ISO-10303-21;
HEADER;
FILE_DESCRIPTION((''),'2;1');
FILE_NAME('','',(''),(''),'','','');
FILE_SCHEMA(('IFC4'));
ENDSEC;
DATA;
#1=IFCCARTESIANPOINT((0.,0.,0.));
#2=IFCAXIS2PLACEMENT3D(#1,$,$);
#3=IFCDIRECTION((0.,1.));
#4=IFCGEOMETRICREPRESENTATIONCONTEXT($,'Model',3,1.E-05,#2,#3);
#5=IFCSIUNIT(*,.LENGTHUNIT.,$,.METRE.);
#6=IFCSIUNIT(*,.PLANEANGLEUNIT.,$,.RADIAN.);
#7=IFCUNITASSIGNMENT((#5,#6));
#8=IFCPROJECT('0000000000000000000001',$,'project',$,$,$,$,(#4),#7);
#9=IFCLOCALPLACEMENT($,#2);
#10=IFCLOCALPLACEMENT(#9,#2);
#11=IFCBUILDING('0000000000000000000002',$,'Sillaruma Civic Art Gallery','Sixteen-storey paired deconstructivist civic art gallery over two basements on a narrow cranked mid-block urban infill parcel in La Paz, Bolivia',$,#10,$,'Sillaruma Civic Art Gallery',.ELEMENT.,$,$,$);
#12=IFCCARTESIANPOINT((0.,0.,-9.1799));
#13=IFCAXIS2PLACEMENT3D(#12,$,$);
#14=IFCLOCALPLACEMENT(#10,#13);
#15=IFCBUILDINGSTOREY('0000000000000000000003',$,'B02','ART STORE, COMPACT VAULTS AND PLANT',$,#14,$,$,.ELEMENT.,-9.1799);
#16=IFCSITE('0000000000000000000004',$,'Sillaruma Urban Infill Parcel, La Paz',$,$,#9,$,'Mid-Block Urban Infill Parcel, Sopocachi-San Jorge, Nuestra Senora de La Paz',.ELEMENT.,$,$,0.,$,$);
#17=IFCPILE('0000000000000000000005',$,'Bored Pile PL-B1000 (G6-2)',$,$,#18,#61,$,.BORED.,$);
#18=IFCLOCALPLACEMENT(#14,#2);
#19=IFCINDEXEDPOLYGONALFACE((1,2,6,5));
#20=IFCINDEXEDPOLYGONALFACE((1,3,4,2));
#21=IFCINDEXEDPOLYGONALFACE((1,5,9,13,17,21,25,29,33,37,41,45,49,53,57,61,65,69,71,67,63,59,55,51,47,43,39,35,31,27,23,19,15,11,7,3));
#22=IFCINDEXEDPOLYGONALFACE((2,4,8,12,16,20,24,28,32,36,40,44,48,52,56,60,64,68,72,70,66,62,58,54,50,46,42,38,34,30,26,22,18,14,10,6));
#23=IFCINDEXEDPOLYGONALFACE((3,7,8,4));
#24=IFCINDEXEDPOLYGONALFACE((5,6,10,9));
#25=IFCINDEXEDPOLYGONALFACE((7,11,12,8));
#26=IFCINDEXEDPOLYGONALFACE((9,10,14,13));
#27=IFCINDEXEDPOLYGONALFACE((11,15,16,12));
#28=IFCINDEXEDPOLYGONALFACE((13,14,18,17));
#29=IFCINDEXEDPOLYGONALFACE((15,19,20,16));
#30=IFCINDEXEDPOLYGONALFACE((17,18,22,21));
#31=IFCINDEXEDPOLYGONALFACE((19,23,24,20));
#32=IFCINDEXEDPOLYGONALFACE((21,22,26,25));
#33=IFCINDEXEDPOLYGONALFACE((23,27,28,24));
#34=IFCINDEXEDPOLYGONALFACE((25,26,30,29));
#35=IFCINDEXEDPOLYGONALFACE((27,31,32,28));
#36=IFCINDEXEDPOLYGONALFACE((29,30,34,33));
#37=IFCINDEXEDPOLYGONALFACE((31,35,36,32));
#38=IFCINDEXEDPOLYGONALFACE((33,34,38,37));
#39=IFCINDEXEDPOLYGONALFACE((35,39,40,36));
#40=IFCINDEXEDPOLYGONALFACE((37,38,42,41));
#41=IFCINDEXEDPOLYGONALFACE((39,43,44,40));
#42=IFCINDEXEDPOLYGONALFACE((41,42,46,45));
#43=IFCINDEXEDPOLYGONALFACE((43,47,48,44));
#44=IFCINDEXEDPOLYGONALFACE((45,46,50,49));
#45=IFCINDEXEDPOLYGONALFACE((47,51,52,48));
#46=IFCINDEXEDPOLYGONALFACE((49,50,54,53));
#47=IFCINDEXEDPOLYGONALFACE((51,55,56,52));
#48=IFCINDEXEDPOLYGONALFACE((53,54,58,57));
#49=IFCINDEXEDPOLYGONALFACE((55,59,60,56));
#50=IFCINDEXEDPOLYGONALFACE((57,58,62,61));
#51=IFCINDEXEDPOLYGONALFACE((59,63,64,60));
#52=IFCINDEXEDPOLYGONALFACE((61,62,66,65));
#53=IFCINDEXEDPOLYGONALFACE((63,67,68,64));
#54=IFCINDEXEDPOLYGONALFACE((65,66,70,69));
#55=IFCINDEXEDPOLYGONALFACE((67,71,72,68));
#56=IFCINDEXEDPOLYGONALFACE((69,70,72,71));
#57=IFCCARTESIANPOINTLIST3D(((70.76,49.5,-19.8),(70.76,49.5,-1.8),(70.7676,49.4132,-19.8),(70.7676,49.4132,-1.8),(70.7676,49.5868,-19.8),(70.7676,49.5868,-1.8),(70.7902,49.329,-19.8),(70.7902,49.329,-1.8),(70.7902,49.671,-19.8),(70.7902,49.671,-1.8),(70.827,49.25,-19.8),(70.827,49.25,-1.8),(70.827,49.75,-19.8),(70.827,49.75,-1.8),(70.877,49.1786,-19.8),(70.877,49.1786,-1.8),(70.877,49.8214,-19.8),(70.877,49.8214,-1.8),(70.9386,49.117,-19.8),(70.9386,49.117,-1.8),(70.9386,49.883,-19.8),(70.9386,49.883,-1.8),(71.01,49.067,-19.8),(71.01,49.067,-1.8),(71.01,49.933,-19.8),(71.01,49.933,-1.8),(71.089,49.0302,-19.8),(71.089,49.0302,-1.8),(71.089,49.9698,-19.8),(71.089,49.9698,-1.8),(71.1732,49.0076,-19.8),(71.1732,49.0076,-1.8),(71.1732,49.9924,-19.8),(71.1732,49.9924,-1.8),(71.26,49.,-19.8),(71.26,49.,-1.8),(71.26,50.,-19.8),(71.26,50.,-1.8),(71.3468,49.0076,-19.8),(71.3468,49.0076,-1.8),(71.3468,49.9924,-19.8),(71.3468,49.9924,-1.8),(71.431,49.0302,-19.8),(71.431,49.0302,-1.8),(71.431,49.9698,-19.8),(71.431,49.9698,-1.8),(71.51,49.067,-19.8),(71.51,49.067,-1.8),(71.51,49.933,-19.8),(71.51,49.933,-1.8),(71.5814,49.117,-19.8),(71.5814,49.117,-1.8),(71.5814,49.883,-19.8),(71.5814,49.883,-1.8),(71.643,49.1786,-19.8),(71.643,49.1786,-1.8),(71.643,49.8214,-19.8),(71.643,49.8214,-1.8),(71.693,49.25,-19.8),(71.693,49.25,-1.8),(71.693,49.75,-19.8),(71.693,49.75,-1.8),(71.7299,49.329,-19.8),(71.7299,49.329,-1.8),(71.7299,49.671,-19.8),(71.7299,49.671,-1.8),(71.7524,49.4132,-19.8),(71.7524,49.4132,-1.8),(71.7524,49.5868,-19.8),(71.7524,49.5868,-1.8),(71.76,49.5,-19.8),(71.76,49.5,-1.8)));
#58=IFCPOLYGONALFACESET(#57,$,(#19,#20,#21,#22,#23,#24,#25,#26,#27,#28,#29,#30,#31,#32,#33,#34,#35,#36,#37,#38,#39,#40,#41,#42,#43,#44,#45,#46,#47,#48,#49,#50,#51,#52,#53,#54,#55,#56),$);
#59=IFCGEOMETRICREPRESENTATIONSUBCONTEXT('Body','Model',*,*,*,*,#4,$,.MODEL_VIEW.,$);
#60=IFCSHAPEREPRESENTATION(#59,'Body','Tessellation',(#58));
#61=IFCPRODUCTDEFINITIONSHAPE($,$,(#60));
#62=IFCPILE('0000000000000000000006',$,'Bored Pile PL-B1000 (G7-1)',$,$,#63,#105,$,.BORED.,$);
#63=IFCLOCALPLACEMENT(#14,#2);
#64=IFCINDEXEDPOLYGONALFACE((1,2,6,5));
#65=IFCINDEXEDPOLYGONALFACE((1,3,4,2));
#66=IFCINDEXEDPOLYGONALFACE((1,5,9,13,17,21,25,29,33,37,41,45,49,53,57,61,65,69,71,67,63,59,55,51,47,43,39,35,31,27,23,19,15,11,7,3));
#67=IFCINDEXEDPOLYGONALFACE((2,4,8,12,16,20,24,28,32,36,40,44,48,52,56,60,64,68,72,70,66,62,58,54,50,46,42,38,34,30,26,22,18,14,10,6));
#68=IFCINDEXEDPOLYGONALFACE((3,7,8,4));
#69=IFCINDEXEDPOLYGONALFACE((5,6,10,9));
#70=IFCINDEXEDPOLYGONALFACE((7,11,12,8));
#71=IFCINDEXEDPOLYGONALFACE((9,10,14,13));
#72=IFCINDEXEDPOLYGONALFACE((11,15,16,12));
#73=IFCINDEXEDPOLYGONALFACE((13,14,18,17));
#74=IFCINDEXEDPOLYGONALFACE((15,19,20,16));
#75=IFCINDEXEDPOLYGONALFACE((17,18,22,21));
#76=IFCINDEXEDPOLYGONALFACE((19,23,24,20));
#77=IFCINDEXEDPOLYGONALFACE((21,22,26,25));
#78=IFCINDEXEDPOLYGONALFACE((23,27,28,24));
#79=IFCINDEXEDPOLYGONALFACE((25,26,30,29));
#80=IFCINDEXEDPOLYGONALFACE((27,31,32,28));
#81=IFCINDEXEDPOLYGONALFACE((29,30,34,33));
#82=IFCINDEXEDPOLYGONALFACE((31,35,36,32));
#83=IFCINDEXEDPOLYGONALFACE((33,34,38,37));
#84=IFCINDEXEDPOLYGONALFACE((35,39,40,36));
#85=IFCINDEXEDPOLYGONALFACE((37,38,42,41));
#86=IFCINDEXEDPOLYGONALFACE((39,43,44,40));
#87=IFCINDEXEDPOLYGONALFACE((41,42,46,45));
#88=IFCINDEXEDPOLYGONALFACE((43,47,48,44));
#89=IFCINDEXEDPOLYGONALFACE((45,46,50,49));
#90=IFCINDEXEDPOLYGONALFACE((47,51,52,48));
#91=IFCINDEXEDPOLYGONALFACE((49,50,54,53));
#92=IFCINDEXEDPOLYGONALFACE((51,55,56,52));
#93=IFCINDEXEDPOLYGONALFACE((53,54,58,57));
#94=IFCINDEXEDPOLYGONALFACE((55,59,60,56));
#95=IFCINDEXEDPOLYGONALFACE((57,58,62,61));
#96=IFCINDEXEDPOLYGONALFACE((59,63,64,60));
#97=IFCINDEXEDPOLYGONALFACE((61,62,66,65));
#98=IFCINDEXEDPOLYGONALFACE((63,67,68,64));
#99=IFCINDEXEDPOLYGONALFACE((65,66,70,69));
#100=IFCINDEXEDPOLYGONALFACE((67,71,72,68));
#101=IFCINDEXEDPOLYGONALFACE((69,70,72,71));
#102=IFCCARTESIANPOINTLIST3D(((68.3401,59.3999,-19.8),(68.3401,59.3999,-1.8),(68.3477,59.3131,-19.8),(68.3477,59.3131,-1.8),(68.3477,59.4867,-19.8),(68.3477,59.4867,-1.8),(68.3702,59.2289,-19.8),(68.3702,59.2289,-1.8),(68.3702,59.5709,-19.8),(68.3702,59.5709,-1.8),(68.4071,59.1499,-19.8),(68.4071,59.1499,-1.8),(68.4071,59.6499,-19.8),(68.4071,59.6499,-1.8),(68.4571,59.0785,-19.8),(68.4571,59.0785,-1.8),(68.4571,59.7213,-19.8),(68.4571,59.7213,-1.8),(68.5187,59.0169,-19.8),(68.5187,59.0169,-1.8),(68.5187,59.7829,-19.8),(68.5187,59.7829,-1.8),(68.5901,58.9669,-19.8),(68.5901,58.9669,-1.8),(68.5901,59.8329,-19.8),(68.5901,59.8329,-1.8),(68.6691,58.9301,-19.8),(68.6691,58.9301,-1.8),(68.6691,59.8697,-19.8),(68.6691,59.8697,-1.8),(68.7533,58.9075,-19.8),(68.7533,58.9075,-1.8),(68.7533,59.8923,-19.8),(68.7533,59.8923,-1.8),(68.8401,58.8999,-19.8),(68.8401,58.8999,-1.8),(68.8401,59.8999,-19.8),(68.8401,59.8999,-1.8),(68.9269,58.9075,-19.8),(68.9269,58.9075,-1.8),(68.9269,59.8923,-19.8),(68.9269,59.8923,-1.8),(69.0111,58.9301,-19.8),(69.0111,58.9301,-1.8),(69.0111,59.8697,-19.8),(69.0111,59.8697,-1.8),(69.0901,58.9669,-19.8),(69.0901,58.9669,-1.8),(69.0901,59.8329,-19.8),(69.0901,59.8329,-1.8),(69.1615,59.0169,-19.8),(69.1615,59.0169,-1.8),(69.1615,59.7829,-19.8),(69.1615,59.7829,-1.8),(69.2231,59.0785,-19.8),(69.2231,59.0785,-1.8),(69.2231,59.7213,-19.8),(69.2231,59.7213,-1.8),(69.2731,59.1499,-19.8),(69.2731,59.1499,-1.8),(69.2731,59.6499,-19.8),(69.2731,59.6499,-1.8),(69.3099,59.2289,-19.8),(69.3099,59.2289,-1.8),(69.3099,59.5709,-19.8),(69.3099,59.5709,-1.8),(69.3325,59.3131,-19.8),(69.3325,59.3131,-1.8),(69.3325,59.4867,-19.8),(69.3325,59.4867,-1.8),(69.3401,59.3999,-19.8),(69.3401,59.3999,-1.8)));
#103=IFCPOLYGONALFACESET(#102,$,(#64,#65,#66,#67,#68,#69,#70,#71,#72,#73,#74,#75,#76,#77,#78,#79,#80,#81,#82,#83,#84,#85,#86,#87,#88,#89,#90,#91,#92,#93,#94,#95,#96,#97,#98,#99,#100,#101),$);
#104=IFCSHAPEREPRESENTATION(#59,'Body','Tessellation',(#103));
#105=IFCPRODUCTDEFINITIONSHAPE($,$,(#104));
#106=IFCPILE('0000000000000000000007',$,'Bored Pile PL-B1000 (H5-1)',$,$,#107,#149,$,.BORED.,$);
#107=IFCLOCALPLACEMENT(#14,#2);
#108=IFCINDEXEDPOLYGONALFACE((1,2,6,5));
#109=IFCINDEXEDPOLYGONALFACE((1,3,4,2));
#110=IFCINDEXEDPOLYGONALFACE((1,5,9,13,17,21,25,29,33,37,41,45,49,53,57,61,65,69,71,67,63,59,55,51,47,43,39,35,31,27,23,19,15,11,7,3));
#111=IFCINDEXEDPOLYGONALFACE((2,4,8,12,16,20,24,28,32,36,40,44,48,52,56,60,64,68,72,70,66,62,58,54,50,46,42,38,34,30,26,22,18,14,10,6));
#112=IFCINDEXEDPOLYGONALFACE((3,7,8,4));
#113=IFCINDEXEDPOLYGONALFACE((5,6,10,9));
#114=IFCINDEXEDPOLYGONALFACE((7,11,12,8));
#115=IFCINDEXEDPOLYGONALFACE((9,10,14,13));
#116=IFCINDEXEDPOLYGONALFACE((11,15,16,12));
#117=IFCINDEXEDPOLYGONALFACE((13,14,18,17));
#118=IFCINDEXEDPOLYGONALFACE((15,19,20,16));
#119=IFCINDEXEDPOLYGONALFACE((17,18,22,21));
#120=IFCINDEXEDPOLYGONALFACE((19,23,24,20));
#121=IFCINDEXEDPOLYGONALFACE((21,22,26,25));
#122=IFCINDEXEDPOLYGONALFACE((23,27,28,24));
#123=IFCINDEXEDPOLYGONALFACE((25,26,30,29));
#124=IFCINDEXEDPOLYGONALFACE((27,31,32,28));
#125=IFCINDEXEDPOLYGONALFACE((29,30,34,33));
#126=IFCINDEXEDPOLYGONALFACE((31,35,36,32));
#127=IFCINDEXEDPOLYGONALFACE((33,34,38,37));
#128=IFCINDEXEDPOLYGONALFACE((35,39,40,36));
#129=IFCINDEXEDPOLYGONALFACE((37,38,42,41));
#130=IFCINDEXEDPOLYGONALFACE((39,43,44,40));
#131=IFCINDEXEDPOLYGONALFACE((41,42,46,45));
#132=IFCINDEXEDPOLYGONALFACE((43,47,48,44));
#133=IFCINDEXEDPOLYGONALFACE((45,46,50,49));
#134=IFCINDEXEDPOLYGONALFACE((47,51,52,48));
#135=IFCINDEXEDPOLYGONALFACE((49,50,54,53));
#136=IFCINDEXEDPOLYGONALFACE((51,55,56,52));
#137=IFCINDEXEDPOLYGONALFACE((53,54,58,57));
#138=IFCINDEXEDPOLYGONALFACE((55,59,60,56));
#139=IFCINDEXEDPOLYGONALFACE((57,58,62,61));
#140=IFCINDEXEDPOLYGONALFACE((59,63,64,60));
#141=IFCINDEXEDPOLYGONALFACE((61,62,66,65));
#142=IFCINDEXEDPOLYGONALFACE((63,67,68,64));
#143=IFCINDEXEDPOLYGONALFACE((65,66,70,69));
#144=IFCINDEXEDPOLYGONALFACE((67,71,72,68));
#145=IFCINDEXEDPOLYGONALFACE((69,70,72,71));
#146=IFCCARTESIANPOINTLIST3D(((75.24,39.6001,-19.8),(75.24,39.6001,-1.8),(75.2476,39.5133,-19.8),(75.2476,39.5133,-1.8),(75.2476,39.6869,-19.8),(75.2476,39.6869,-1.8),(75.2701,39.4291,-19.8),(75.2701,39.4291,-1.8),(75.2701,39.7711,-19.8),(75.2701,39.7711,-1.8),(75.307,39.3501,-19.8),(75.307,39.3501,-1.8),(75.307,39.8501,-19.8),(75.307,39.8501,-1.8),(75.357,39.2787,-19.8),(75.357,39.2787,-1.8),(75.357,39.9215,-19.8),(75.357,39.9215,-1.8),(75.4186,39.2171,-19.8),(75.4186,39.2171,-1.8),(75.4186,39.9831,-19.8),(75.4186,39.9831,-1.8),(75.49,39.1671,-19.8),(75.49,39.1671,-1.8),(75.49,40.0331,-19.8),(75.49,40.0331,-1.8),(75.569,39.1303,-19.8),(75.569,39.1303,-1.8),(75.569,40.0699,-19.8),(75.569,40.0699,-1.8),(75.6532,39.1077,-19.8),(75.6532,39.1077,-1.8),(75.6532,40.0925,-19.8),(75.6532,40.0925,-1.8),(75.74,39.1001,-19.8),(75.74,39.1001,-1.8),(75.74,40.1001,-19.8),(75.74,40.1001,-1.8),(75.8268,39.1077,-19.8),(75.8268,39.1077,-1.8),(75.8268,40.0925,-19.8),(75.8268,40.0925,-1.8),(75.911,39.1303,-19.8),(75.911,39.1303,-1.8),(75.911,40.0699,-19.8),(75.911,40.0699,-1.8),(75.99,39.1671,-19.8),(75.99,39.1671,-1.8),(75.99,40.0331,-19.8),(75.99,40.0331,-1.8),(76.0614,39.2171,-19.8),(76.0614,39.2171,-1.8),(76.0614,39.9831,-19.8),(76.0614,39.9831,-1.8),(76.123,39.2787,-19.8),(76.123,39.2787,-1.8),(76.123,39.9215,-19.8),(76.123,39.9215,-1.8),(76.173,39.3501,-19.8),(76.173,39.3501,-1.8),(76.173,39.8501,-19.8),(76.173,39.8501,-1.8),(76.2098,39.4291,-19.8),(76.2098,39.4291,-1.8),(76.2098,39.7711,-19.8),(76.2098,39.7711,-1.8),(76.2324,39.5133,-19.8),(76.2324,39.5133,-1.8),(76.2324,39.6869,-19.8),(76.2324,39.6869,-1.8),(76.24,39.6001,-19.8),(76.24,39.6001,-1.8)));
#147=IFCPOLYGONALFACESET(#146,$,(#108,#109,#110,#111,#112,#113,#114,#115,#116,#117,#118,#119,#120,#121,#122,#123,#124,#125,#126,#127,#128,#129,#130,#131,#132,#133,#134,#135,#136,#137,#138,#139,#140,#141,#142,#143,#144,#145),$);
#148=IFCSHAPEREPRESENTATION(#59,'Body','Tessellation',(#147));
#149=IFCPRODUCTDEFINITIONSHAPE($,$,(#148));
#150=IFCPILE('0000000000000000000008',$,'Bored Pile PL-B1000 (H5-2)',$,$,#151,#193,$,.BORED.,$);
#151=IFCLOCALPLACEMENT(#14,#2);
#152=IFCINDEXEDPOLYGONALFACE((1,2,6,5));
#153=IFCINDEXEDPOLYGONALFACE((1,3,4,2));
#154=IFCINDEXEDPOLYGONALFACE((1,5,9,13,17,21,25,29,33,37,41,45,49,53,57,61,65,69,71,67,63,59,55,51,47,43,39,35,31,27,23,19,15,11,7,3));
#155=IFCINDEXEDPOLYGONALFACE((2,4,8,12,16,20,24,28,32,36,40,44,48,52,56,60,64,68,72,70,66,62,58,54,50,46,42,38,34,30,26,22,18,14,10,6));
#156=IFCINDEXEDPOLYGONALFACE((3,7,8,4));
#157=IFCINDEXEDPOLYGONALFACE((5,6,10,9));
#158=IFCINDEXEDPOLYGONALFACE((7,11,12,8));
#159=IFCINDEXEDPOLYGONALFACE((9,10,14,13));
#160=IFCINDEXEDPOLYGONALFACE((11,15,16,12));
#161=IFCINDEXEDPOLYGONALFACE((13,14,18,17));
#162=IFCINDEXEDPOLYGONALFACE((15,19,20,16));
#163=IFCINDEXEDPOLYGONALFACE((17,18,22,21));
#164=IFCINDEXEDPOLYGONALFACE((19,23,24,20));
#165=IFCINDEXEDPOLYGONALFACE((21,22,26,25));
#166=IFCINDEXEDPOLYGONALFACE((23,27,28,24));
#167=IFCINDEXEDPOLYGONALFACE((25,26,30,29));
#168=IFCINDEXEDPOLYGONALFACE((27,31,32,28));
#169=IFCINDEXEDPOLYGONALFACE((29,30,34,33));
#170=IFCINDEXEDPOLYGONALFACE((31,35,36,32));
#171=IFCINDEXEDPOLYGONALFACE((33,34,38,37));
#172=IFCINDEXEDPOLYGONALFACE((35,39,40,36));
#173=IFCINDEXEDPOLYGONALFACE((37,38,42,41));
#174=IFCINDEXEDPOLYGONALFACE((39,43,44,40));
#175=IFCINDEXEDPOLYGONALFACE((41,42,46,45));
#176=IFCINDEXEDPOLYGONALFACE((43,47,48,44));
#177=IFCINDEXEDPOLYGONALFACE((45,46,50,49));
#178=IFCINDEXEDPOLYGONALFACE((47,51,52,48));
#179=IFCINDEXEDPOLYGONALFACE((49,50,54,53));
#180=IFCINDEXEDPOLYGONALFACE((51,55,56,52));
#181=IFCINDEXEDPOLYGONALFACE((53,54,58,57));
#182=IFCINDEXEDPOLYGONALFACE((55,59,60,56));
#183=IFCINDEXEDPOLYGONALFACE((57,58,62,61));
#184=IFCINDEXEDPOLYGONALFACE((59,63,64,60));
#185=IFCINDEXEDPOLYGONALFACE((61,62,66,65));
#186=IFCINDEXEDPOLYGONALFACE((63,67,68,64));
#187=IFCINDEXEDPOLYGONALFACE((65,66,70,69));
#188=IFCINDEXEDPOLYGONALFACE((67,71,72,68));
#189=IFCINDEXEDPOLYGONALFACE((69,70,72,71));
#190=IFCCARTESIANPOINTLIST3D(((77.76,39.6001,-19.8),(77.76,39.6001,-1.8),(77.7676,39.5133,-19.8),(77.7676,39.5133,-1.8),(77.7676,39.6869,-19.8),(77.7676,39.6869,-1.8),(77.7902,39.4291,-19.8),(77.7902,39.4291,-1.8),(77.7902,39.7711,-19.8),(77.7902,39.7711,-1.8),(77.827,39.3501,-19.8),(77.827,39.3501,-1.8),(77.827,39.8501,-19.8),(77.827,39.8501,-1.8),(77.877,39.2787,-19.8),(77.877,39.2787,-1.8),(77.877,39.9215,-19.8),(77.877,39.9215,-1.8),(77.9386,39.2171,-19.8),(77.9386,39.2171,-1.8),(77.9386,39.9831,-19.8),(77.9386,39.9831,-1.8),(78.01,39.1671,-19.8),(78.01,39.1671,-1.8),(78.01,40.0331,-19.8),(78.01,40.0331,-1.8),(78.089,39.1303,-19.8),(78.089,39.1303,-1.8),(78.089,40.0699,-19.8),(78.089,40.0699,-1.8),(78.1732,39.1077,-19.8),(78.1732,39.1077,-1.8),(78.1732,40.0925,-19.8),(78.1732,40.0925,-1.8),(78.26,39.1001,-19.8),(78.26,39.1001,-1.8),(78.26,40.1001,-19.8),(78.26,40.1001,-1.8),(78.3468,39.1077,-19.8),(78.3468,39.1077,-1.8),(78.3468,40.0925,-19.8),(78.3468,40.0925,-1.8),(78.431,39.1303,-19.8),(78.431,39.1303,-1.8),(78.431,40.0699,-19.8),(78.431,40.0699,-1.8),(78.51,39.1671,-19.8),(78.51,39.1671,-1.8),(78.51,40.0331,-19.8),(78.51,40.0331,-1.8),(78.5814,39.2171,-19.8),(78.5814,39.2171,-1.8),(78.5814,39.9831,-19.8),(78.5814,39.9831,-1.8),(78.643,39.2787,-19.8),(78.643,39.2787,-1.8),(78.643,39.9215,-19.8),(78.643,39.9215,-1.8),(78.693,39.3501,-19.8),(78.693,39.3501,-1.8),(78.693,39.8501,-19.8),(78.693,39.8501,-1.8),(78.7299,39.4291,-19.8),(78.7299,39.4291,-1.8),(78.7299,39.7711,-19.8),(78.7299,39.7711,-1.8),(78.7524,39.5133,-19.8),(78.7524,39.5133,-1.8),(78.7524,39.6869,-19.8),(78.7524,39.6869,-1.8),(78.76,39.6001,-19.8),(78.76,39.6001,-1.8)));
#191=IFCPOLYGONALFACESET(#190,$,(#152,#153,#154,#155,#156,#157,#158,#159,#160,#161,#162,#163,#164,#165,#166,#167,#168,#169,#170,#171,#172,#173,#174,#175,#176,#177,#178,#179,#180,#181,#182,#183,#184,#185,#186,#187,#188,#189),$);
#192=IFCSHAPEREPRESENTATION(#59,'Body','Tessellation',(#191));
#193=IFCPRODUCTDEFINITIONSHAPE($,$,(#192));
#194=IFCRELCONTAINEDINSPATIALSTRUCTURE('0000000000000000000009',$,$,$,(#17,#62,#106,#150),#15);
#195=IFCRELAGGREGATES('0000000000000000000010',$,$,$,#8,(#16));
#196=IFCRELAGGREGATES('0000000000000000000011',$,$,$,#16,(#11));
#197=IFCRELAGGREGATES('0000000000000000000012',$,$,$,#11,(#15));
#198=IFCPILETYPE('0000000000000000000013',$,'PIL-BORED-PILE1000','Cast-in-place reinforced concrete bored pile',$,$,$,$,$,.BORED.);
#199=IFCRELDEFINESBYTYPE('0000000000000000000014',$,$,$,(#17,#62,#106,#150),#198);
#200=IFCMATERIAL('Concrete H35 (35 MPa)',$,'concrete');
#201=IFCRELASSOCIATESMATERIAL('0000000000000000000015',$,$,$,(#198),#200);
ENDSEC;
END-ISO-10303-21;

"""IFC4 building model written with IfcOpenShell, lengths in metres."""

from ifc_helpers import new_model, si_unit, direction, frame, origin, origin_2d, place, context, subcontext, project, spatial, circle, extrude, material, material_profile, profile_set, type_object, element, save


model = new_model("IFC4")

# Units and contexts
model_context = context("Model", 3, precision=1e-05, world=origin(), true_north=direction((0.0, 1.0)))
body_context = subcontext(model_context, "Body", "Model", "MODEL_VIEW")
ifc_project = project(units=[si_unit("LENGTHUNIT", "METRE"), si_unit("PLANEANGLEUNIT", "RADIAN")], contexts=[model_context])

# Site, building, storey
site_placement = place(None, origin())
site = spatial("IfcSite", under=ifc_project, at=site_placement, Name="Sillaruma Urban Infill Parcel, La Paz", LongName="Mid-Block Urban Infill Parcel, Sopocachi-San Jorge, Nuestra Senora de La Paz", CompositionType="ELEMENT", RefElevation=0.0)
building_placement = place(site_placement, origin())
building = spatial("IfcBuilding", under=site, at=building_placement, Name="Sillaruma Civic Art Gallery", Description="Sixteen-storey paired deconstructivist civic art gallery over two basements on a narrow cranked mid-block urban infill parcel in La Paz, Bolivia", LongName="Sillaruma Civic Art Gallery", CompositionType="ELEMENT")
storey_placement = place(building_placement, frame((0.0, 0.0, -9.1799)))
storey = spatial("IfcBuildingStorey", under=building, at=storey_placement, Name="B02", Description="ART STORE, COMPACT VAULTS AND PLANT", CompositionType="ELEMENT", Elevation=-9.1799)

# Shared definitions
ifc_material_1 = material(Name="Concrete H35 (35 MPa)", Category="concrete")

# Piles
ifc_material_profile_1 = material_profile(ifc_material_1, circle(Radius=0.5, at=origin_2d()), Name="PILE1000")
ifc_profile_set_1 = profile_set([ifc_material_profile_1], Name="Concrete H35 (35 MPa)")
pile_type_1 = type_object("IfcPileType", Name="PIL-BORED-PILE1000", Description="Cast-in-place reinforced concrete bored pile", PredefinedType="BORED", material=ifc_profile_set_1)
for number, where, z_axis, x_axis, name in (
    (1, (71.26, 49.5, -1.8), (0.0, 0.0, -1.0), (1.0, 0.0, 0.0), "Bored Pile PL-B1000 (G6-2)"),
    (2, (68.8401, 59.3999, -1.8), (0.0, 0.0, -1.0), (1.0, 0.0, 0.0), "Bored Pile PL-B1000 (G7-1)"),
    (3, (75.74, 39.6001, -1.8), (0.0, 0.0, -1.0), (1.0, 0.0, 0.0), "Bored Pile PL-B1000 (H5-1)"),
    (4, (78.26, 39.6001, -1.8), (0.0, 0.0, -1.0), (1.0, 0.0, 0.0), "Bored Pile PL-B1000 (H5-2)"),
):
    element("IfcPile", number, at=place(storey_placement, frame(where, z_axis=z_axis, x_axis=x_axis)), inside=storey, type_object=pile_type_1, Name=name, PredefinedType="BORED", context=body_context, shape_type="SweptSolid", body=[
        extrude(circle(Radius=0.5, at=origin_2d()), origin(), (0.0, 0.0, 1.0), 18.0),
    ])

save(model, "model.ifc")
